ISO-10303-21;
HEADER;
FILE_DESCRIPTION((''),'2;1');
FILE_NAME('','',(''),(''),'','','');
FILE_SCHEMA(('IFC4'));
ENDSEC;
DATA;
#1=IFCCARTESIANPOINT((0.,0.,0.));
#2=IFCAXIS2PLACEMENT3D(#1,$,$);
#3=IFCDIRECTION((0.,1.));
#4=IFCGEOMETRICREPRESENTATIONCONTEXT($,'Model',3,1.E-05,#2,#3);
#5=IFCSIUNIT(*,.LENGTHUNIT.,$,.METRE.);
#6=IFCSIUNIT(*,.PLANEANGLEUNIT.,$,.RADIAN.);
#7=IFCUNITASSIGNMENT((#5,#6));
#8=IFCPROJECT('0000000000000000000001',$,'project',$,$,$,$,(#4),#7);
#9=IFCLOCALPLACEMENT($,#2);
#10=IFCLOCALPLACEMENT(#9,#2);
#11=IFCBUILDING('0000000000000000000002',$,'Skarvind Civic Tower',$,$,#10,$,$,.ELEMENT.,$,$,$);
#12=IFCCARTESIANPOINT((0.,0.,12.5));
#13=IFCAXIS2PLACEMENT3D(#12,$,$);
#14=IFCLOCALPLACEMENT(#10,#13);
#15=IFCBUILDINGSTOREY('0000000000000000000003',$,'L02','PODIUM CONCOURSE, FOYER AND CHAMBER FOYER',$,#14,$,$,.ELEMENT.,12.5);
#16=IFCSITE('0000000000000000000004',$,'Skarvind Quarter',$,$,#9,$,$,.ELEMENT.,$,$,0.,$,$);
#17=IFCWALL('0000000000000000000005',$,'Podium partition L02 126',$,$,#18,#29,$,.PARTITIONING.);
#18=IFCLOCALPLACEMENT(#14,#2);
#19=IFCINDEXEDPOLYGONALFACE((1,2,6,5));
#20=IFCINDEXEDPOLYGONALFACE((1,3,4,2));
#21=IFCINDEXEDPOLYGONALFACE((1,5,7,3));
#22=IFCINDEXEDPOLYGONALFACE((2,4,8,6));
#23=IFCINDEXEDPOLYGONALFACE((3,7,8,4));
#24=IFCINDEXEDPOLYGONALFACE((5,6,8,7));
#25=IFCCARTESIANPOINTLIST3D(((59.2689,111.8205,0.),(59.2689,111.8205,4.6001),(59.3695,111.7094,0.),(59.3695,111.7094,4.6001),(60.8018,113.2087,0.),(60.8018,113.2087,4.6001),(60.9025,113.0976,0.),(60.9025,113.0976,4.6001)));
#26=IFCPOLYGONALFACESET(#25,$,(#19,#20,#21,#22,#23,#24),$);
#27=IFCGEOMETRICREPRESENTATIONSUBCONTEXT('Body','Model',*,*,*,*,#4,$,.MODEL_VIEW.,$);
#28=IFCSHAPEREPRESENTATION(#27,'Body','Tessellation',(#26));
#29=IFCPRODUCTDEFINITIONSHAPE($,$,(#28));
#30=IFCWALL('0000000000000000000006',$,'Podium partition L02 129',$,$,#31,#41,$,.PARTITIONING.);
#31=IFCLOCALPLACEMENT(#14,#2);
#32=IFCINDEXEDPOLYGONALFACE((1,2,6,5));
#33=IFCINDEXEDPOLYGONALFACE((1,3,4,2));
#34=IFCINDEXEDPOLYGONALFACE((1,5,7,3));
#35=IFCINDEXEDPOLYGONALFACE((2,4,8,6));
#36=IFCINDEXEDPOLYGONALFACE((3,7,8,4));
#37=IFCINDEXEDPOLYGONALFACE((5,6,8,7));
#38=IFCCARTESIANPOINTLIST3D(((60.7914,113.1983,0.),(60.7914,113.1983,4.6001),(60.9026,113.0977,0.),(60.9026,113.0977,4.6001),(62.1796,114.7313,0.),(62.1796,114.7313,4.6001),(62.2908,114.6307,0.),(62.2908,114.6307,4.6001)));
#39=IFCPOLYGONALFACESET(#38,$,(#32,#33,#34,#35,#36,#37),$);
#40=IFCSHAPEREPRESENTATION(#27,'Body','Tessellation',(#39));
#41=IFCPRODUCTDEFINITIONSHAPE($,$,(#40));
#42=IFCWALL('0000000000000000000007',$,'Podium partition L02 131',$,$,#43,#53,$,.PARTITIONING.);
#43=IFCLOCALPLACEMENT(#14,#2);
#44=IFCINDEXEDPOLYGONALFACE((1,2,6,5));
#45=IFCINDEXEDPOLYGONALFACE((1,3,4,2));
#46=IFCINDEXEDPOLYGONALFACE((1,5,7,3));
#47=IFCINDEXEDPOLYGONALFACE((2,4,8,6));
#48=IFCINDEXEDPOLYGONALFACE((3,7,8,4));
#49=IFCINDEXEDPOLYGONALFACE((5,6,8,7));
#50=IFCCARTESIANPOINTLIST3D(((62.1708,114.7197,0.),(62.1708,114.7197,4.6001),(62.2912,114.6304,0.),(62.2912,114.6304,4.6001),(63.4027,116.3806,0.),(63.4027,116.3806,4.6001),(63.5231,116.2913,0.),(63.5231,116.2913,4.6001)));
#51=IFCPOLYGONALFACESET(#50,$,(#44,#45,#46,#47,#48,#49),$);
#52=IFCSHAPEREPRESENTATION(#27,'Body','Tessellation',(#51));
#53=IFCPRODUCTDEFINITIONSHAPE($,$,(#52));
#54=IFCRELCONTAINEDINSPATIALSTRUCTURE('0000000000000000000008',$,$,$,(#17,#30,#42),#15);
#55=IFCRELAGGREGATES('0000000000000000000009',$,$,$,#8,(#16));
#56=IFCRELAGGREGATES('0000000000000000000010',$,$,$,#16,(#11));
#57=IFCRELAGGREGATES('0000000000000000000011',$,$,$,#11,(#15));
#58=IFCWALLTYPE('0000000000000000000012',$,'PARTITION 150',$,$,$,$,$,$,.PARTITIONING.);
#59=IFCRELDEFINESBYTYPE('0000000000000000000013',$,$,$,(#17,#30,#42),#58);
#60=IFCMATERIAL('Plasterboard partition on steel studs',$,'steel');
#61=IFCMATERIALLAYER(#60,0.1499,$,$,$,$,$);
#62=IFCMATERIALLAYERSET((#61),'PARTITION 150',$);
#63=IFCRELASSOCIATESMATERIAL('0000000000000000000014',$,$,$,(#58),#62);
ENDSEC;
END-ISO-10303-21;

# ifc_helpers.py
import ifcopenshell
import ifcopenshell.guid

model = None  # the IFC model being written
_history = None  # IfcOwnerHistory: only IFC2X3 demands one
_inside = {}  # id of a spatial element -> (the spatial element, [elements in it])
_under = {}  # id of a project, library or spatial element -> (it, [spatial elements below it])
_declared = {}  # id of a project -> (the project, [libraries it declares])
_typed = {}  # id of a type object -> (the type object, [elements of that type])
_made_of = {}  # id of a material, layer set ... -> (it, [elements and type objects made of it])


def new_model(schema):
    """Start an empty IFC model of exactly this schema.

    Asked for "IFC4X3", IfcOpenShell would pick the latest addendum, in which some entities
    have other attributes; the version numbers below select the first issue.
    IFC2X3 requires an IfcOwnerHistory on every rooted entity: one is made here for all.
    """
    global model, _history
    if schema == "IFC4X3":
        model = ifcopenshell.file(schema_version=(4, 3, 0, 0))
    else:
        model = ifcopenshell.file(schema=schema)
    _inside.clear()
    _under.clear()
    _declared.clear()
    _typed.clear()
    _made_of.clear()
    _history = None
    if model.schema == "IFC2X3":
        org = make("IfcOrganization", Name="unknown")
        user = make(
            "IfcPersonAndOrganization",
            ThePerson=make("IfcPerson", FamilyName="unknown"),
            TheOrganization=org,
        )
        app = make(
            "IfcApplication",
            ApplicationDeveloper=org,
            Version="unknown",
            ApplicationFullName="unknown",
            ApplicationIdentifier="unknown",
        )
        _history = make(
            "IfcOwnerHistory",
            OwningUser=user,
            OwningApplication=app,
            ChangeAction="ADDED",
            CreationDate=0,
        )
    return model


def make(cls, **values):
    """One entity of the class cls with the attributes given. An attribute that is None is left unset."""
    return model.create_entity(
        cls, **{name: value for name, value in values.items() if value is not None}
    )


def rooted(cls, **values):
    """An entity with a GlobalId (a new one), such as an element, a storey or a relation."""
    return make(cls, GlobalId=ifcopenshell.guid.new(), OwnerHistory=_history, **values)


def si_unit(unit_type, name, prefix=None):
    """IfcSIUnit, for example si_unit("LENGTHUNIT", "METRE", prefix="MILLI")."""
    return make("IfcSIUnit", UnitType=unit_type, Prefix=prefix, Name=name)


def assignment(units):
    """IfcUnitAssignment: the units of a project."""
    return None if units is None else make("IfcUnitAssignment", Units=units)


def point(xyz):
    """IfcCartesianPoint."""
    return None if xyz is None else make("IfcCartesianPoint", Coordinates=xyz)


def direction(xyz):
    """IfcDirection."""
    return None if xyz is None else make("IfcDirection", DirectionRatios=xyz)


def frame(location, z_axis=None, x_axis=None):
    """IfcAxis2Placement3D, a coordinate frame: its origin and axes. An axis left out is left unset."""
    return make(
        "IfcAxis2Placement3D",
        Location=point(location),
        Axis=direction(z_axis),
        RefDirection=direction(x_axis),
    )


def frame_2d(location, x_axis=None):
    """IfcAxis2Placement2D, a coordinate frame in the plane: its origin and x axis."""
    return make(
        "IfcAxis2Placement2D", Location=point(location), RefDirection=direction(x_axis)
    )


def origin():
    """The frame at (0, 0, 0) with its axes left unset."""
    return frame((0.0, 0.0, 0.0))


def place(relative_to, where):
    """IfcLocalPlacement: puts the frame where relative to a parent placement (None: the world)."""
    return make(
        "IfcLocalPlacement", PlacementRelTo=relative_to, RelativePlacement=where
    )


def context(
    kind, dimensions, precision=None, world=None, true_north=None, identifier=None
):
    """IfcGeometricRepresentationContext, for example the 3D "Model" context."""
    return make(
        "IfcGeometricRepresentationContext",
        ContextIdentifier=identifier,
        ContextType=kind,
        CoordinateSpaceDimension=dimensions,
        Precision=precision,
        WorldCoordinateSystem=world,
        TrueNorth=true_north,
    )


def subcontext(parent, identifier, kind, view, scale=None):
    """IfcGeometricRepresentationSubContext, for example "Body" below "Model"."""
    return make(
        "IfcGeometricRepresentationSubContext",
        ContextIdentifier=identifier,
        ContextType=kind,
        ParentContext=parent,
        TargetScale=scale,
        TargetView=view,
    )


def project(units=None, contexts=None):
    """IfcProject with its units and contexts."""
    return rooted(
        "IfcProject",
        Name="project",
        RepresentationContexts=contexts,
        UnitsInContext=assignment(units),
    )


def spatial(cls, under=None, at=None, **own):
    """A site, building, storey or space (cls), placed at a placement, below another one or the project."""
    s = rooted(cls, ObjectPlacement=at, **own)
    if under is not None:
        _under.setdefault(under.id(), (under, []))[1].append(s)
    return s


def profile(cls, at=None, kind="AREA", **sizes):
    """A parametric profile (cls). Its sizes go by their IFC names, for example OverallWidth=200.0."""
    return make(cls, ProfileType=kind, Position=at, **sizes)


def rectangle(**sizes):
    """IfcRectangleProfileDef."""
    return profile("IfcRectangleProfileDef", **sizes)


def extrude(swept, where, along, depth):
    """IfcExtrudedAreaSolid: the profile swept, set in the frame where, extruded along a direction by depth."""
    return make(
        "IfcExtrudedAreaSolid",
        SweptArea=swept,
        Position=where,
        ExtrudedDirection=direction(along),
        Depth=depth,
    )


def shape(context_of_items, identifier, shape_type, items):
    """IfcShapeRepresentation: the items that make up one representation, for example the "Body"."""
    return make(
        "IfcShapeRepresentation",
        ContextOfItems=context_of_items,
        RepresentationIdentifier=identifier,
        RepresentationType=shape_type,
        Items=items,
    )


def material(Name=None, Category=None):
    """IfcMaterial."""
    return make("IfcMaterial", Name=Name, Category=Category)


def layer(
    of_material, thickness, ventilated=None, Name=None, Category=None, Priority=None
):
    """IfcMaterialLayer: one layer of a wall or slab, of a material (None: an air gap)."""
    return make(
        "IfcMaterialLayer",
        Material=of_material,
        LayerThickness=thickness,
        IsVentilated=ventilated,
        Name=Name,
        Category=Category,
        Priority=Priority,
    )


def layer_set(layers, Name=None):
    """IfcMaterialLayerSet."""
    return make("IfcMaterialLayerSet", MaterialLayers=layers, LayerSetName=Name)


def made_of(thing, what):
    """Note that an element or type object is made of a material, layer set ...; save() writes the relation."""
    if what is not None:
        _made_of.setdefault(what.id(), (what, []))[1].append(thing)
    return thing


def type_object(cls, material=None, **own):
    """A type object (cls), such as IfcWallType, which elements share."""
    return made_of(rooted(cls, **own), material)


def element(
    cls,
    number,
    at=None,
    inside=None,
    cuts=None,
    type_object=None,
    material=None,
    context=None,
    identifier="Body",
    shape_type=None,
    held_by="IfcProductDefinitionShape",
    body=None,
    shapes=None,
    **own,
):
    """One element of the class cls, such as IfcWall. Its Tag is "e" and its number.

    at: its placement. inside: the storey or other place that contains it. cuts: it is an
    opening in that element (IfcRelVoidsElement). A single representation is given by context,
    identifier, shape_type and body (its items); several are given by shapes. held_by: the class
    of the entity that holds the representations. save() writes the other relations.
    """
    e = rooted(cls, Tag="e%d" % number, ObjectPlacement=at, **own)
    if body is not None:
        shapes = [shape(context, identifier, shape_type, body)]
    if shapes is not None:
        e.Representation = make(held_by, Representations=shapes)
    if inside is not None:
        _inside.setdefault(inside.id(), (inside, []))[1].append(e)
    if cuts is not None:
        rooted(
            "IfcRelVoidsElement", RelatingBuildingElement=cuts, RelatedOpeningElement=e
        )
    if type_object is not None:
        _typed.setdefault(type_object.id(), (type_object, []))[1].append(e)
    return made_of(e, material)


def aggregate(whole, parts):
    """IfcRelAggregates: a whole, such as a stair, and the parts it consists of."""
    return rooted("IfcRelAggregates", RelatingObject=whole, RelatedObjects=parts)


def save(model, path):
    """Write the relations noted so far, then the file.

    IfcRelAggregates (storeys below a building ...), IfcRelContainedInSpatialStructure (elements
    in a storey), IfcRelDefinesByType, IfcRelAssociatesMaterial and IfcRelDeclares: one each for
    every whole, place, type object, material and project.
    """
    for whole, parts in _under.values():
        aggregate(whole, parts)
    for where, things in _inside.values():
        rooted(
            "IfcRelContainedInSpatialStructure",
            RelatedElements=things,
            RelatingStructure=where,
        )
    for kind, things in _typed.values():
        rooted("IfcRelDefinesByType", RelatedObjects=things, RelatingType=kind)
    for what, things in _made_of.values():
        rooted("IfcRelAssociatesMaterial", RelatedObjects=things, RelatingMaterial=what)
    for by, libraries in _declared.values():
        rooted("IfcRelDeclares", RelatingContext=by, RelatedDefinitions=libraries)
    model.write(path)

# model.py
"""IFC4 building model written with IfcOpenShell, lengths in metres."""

from ifc_helpers import new_model, si_unit, direction, frame, frame_2d, origin, place, context, subcontext, project, spatial, rectangle, extrude, material, layer, layer_set, type_object, element, save


model = new_model("IFC4")

# Units and contexts
model_context = context("Model", 3, precision=1e-05, world=origin(), true_north=direction((0.0, 1.0)))
body_context = subcontext(model_context, "Body", "Model", "MODEL_VIEW")
ifc_project = project(units=[si_unit("LENGTHUNIT", "METRE"), si_unit("PLANEANGLEUNIT", "RADIAN")], contexts=[model_context])

# Site, building, storey
site_placement = place(None, origin())
site = spatial("IfcSite", under=ifc_project, at=site_placement, Name="Skarvind Quarter", CompositionType="ELEMENT", RefElevation=0.0)
building_placement = place(site_placement, origin())
building = spatial("IfcBuilding", under=site, at=building_placement, Name="Skarvind Civic Tower", CompositionType="ELEMENT")
storey_placement = place(building_placement, frame((0.0, 0.0, 12.5)))
storey = spatial("IfcBuildingStorey", under=building, at=storey_placement, Name="L02", Description="PODIUM CONCOURSE, FOYER AND CHAMBER FOYER", CompositionType="ELEMENT", Elevation=12.5)

# Shared definitions
ifc_material_1 = material(Name="Plasterboard partition on steel studs", Category="steel")
ifc_layer_1 = layer(ifc_material_1, 0.1499)
ifc_layer_set_1 = layer_set([ifc_layer_1], Name="PARTITION 150")
wall_type_1 = type_object("IfcWallType", Name="PARTITION 150", PredefinedType="PARTITIONING", material=ifc_layer_set_1)

# Walls
for number, where, z_axis, x_axis, name in (
    (1, (59.3191, 111.7649, 0.0), (0.0, 0.0, 1.0), (0.741242, 0.671238, 0.0), "Podium partition L02 126"),
    (2, (60.8469, 113.1479, 0.0), (0.0, 0.0, 1.0), (0.671238, 0.741242, 0.0), "Podium partition L02 129"),
):
    element("IfcWall", number, at=place(storey_placement, frame(where, z_axis=z_axis, x_axis=x_axis)), inside=storey, type_object=wall_type_1, Name=name, PredefinedType="PARTITIONING", context=body_context, shape_type="SweptSolid", body=[
        extrude(rectangle(XDim=2.0681, YDim=0.1499, at=frame_2d((1.0342, 0.0))), origin(), (0.0, 0.0, 1.0), 4.6001),
    ])
wall_1_placement = place(storey_placement, frame((62.231, 114.675, 0.0), z_axis=(0.0, 0.0, 1.0), x_axis=(0.595741, 0.803176, 0.0)))
element("IfcWall", 3, at=wall_1_placement, inside=storey, type_object=wall_type_1, Name="Podium partition L02 131", PredefinedType="PARTITIONING", context=body_context, shape_type="SweptSolid", body=[
    extrude(rectangle(XDim=2.0679, YDim=0.1499, at=frame_2d((1.0339, 0.0))), origin(), (0.0, 0.0, 1.0), 4.6001),
])

save(model, "model.ifc")
